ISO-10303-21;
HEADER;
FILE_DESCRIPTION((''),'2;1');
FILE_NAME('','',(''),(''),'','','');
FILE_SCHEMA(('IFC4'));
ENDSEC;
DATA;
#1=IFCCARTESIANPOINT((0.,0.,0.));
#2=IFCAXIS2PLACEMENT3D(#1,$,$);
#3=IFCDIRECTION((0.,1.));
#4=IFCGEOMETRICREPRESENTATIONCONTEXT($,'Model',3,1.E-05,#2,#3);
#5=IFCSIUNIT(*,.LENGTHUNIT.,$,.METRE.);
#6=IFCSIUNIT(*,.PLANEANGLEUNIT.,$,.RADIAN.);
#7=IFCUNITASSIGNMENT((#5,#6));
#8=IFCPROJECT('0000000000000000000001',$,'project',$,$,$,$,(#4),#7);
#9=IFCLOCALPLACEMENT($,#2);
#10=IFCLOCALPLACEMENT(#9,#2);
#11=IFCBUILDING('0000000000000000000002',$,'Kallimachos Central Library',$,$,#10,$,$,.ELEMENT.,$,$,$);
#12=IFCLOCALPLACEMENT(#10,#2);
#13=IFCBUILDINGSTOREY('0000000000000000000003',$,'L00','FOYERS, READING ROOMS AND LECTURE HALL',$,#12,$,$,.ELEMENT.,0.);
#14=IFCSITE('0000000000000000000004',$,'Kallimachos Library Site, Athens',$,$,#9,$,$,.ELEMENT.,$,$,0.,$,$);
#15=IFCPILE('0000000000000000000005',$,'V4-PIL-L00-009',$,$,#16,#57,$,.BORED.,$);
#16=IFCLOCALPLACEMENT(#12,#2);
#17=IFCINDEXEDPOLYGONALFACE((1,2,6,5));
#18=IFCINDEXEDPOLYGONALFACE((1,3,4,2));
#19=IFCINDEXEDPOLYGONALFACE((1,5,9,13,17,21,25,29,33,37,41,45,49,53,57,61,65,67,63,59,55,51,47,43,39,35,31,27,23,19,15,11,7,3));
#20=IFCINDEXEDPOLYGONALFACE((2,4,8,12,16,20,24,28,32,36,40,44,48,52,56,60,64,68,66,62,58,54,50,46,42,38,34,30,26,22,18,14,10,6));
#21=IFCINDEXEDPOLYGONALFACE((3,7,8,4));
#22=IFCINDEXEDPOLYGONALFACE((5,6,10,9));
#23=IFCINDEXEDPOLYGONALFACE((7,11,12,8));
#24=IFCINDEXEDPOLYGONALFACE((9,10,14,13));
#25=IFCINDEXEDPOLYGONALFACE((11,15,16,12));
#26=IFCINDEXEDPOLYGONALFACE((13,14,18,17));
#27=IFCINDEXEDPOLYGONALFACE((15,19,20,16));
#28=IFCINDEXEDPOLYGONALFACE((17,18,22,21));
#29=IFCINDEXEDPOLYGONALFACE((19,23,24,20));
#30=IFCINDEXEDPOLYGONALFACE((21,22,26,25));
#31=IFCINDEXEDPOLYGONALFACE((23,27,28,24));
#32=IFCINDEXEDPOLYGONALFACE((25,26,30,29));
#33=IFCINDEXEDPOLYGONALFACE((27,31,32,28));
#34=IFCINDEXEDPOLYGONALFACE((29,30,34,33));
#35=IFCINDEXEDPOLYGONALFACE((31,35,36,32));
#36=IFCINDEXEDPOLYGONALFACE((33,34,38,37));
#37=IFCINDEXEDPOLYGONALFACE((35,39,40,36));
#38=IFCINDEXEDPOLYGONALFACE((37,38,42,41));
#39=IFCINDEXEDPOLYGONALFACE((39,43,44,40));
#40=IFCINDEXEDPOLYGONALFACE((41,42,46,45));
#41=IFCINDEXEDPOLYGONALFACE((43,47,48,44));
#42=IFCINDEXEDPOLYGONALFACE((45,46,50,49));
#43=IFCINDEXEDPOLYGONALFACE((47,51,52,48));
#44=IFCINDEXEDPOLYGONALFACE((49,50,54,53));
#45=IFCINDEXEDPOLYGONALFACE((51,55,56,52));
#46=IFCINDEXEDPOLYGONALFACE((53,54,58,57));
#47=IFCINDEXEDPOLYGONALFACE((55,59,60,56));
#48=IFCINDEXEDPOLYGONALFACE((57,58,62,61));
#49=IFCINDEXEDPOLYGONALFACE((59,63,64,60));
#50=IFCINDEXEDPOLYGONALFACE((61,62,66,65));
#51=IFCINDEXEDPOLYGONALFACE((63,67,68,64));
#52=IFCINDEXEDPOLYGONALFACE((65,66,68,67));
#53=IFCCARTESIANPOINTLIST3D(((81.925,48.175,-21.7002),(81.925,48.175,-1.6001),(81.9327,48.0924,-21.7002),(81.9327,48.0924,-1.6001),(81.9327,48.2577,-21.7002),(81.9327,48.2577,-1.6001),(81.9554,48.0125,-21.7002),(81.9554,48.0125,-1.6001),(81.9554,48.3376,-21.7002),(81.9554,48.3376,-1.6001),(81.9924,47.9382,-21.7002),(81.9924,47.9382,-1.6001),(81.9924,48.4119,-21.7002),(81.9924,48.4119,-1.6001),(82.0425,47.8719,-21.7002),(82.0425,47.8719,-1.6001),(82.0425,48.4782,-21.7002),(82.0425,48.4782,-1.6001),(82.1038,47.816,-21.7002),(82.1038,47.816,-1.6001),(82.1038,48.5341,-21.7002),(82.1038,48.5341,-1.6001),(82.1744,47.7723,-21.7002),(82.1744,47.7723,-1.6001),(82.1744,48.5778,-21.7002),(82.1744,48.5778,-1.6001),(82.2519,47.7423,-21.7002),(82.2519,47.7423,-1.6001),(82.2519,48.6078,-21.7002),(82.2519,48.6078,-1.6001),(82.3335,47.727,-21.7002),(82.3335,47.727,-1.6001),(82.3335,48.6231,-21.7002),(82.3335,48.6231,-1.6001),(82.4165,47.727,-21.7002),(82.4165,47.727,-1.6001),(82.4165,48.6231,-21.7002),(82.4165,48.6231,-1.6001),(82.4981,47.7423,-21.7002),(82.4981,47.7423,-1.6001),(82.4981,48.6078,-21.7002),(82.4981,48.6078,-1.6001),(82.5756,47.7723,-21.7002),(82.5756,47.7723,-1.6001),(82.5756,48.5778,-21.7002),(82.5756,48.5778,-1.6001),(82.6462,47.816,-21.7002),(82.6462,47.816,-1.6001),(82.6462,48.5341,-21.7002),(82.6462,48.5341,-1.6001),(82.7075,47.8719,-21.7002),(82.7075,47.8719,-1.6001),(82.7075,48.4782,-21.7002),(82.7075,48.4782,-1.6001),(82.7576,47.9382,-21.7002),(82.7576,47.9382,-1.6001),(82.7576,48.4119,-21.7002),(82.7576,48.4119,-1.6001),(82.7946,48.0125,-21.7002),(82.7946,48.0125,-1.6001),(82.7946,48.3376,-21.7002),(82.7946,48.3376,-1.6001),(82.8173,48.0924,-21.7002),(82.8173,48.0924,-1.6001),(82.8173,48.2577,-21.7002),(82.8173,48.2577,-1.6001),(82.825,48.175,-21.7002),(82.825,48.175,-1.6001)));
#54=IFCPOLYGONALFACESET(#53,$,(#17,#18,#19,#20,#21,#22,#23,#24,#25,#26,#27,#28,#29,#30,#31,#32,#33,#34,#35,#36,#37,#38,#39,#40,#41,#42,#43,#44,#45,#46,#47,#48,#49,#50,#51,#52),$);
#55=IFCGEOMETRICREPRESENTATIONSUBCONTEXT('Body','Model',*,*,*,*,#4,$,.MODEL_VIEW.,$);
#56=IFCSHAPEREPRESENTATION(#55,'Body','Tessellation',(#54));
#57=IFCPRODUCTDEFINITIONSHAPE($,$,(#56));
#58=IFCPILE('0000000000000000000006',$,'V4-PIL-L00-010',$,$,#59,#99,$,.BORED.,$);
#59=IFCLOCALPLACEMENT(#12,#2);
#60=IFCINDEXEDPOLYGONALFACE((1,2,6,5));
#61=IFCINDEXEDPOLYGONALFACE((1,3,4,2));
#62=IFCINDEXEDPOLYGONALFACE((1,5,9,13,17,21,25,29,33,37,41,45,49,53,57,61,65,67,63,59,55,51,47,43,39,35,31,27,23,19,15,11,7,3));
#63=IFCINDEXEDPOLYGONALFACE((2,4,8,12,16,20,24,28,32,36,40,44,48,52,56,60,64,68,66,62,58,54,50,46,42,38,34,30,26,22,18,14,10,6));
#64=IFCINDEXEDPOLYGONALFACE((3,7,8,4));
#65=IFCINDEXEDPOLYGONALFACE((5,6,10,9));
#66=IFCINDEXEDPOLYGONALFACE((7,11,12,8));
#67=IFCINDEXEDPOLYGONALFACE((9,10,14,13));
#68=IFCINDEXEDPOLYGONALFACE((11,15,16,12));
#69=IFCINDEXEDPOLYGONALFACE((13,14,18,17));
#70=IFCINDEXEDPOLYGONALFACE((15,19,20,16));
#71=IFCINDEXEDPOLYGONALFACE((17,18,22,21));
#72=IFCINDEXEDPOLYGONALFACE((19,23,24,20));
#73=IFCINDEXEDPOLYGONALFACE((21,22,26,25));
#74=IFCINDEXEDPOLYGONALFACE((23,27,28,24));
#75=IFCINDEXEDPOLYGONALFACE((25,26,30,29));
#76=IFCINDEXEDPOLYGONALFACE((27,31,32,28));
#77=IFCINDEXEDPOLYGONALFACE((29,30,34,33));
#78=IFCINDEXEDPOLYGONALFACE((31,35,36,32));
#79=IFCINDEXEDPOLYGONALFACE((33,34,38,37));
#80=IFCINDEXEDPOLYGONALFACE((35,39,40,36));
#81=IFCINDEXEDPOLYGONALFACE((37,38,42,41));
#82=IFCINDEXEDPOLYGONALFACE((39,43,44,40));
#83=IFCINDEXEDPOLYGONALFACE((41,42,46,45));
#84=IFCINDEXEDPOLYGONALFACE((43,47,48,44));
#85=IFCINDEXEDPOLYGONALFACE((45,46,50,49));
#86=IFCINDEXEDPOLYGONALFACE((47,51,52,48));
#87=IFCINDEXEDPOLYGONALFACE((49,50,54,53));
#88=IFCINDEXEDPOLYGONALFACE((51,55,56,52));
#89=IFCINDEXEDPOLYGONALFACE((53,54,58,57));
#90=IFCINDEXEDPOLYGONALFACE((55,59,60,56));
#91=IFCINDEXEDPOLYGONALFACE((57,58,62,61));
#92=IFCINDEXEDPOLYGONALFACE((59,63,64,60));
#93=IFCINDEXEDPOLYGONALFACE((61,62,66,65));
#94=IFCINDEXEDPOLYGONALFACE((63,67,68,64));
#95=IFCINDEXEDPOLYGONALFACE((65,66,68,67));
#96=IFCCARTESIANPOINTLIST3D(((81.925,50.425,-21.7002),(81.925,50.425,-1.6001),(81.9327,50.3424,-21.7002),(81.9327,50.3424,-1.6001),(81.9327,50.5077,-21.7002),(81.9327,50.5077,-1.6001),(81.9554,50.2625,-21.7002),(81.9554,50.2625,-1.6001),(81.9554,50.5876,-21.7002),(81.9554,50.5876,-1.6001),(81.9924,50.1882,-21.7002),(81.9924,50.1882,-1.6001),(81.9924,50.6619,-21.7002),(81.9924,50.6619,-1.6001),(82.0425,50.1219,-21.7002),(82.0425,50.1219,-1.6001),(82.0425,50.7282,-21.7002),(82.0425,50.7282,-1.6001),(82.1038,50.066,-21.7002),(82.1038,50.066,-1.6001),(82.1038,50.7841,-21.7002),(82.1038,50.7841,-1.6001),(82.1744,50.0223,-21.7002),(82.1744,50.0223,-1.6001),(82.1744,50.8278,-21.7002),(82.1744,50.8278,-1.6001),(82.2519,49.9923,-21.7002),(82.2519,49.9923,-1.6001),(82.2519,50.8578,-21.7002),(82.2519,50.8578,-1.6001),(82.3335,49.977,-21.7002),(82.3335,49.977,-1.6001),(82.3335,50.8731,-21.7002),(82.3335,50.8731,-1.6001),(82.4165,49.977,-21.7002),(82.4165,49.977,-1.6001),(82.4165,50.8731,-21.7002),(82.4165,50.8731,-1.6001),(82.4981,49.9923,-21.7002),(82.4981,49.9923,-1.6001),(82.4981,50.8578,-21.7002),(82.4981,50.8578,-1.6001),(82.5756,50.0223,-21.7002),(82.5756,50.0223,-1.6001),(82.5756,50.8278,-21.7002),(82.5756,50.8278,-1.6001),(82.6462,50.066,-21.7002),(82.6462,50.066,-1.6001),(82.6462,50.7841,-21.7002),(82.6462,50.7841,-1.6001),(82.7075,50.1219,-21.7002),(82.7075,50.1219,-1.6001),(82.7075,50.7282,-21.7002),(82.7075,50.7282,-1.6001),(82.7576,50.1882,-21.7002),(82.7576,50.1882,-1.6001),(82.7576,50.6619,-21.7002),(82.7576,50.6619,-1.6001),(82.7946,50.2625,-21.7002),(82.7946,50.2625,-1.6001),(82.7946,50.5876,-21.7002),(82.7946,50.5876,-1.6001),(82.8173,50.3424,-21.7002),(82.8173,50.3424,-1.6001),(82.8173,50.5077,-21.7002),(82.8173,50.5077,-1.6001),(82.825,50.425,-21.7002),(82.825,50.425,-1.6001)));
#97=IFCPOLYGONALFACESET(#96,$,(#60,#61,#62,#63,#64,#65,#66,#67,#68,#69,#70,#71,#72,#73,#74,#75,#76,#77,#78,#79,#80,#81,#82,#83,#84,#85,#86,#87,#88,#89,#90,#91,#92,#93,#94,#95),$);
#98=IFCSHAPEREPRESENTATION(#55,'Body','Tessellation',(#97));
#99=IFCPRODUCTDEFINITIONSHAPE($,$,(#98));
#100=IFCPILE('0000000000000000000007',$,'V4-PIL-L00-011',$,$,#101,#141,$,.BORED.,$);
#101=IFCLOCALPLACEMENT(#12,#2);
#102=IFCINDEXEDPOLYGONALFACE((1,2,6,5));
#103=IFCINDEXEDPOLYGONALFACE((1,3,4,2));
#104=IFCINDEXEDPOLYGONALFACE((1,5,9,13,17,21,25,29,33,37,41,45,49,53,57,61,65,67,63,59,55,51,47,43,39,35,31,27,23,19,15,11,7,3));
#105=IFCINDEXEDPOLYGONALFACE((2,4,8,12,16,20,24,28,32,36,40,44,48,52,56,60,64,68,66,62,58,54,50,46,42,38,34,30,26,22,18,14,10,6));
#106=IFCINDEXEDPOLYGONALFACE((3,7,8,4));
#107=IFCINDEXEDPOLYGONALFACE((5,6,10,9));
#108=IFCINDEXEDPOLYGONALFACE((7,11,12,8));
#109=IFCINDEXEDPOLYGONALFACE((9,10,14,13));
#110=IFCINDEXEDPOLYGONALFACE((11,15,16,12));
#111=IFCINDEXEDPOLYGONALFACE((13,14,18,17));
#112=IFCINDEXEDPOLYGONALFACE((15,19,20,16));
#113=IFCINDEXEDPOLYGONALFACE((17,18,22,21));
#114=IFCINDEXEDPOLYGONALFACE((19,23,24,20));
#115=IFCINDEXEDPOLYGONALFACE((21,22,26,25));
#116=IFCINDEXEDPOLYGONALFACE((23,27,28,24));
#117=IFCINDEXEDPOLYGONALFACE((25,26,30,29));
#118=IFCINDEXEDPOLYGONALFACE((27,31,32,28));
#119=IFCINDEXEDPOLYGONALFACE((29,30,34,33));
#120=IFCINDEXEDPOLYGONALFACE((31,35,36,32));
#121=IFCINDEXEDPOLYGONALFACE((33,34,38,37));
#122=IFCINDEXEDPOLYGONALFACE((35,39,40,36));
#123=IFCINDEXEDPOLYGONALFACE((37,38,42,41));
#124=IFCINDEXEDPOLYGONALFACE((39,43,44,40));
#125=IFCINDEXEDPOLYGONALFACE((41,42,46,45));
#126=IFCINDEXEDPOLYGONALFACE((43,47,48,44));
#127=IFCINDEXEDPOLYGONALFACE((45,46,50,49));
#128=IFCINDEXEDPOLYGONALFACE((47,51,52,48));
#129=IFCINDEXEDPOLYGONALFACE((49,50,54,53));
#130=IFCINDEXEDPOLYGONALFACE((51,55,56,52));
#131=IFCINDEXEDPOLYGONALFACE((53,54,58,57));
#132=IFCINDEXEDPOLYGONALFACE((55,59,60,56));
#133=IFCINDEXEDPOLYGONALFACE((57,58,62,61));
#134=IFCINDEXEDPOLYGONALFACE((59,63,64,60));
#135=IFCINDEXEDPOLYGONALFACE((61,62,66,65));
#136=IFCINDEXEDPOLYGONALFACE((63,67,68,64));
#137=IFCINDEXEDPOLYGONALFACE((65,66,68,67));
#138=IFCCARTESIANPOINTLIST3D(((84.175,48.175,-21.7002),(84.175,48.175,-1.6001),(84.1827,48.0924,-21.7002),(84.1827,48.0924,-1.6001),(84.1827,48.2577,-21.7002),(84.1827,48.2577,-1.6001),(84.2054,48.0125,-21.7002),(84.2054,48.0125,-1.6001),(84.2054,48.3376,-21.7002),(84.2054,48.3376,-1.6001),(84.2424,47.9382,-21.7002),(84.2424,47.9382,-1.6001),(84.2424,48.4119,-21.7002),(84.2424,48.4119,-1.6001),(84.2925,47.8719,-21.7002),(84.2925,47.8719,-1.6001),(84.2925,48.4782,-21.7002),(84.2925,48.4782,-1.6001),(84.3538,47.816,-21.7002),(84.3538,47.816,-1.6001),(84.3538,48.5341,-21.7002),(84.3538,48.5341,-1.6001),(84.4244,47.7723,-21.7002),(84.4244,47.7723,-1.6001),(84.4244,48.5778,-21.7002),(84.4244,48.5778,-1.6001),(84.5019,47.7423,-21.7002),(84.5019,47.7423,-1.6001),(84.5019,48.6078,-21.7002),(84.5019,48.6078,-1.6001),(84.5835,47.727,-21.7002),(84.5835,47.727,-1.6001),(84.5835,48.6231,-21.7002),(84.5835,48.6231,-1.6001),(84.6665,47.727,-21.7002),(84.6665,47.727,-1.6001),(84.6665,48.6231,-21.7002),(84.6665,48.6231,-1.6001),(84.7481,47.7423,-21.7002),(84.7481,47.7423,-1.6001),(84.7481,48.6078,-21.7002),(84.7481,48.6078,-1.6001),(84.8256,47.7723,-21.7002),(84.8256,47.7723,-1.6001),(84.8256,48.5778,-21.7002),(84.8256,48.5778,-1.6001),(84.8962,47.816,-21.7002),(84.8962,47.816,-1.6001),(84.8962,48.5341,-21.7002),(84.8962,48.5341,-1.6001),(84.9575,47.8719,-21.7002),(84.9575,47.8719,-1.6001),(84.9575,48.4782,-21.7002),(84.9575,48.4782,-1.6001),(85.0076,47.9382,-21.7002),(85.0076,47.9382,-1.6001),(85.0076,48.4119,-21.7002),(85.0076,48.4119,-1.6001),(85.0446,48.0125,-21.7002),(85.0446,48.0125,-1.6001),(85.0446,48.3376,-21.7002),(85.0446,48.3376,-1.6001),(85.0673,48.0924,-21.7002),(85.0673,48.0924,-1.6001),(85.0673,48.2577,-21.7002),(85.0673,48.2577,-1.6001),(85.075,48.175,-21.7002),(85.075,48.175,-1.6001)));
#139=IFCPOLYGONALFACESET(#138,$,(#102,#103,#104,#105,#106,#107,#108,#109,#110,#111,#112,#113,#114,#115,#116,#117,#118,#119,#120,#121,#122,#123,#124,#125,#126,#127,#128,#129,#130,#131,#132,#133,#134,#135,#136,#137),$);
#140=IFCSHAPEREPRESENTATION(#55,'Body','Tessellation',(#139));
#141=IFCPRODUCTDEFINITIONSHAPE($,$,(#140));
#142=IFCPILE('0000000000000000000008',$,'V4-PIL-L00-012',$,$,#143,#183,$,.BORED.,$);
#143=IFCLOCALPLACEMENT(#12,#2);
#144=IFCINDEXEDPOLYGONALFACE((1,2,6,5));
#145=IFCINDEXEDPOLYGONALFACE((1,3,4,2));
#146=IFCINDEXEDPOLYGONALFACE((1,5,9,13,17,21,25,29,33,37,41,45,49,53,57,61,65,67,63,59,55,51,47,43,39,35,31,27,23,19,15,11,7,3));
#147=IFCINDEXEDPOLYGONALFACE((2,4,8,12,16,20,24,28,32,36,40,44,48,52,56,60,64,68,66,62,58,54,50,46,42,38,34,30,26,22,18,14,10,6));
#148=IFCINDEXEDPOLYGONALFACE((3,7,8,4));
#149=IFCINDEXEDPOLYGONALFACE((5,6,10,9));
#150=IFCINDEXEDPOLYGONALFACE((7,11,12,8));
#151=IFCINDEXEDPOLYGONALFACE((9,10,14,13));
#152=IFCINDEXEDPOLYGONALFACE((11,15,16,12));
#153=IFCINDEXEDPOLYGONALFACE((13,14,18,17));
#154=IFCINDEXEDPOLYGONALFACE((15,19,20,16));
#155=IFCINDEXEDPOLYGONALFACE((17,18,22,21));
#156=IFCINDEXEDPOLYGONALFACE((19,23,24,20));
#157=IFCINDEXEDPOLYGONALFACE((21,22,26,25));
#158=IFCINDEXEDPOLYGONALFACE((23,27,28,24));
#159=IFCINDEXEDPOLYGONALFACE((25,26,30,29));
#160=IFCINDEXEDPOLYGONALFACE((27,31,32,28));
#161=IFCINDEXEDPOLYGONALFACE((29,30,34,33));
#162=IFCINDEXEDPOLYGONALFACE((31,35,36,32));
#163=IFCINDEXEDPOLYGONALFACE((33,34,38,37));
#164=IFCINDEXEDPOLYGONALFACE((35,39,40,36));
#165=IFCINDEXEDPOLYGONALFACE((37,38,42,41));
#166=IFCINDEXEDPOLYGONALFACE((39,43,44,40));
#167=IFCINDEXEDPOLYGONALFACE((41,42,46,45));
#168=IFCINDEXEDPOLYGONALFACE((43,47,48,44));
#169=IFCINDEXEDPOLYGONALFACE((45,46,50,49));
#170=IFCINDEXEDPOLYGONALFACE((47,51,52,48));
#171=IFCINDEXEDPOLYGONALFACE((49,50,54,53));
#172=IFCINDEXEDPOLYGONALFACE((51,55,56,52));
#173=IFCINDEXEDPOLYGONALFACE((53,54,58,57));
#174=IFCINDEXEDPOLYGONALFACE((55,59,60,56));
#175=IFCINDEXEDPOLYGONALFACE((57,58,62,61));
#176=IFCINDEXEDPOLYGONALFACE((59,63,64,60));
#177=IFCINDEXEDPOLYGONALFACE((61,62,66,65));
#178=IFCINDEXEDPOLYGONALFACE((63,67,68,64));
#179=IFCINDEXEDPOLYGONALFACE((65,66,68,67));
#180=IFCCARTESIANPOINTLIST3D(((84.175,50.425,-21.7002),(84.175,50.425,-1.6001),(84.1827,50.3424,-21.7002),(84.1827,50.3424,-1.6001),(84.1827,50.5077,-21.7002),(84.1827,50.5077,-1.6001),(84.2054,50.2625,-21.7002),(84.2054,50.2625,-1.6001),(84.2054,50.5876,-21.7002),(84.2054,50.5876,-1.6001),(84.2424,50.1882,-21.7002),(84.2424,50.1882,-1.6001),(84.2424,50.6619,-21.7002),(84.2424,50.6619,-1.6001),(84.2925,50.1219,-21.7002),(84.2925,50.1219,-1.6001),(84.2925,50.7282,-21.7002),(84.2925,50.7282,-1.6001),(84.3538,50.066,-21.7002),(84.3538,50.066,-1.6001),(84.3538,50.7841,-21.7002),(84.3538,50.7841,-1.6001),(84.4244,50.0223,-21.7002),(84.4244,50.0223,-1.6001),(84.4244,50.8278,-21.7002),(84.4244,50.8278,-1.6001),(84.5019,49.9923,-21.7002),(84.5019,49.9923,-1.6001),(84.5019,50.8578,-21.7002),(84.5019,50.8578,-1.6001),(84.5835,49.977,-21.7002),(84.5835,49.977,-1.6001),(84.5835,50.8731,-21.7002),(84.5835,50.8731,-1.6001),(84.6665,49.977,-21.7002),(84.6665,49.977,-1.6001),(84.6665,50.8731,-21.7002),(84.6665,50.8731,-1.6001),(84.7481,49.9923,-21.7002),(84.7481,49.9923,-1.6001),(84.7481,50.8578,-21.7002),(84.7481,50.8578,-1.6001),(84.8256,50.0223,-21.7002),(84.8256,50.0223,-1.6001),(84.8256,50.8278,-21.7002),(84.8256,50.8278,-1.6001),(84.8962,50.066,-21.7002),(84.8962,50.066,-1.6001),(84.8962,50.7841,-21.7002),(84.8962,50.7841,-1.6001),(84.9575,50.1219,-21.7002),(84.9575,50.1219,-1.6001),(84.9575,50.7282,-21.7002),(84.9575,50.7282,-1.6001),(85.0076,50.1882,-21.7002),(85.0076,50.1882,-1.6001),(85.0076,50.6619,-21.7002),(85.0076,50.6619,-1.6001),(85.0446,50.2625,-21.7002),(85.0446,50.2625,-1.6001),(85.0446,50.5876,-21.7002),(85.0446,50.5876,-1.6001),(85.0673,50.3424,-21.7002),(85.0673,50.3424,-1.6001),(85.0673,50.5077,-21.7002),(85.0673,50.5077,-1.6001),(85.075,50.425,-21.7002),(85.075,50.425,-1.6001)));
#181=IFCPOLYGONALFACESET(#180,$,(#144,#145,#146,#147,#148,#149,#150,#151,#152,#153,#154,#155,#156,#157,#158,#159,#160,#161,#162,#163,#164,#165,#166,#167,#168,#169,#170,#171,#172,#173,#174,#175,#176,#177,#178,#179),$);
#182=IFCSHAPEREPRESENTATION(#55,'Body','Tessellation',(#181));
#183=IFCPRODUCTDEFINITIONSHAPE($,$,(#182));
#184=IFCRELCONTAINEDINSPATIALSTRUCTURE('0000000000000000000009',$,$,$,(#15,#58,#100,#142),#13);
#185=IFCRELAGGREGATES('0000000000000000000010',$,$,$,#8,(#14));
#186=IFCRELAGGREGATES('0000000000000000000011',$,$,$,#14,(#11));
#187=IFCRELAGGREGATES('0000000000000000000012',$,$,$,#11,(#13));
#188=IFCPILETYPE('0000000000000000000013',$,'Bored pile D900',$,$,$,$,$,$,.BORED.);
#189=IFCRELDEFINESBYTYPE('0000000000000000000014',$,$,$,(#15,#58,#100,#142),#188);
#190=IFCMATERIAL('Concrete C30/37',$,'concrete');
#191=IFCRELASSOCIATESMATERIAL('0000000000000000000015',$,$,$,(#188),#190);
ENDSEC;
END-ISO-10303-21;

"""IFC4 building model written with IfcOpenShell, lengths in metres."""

from ifc_helpers import new_model, si_unit, direction, frame, origin, origin_2d, place, context, subcontext, project, spatial, circle, extrude, material, type_object, element, save


model = new_model("IFC4")

# Units and contexts
model_context = context("Model", 3, precision=1e-05, world=origin(), true_north=direction((0.0, 1.0)))
body_context = subcontext(model_context, "Body", "Model", "MODEL_VIEW")
ifc_project = project(units=[si_unit("LENGTHUNIT", "METRE"), si_unit("PLANEANGLEUNIT", "RADIAN")], contexts=[model_context])

# Site, building, storey
site_placement = place(None, origin())
site = spatial("IfcSite", under=ifc_project, at=site_placement, Name="Kallimachos Library Site, Athens", CompositionType="ELEMENT", RefElevation=0.0)
building_placement = place(site_placement, origin())
building = spatial("IfcBuilding", under=site, at=building_placement, Name="Kallimachos Central Library", CompositionType="ELEMENT")
storey_placement = place(building_placement, origin())
storey = spatial("IfcBuildingStorey", under=building, at=storey_placement, Name="L00", Description="FOYERS, READING ROOMS AND LECTURE HALL", CompositionType="ELEMENT", Elevation=0.0)

# Piles
ifc_material_1 = material(Name="Concrete C30/37", Category="concrete")
pile_type = type_object("IfcPileType", Name="Bored pile D900", PredefinedType="BORED", material=ifc_material_1)
for number, where, z_axis, x_axis, name in (
    (1, (82.375, 48.175, -1.6001), (0.0, 0.0, -1.0), (1.0, 0.0, 0.0), "V4-PIL-L00-009"),
    (2, (82.375, 50.425, -1.6001), (0.0, 0.0, -1.0), (1.0, 0.0, 0.0), "V4-PIL-L00-010"),
    (3, (84.625, 48.175, -1.6001), (0.0, 0.0, -1.0), (1.0, 0.0, 0.0), "V4-PIL-L00-011"),
    (4, (84.625, 50.425, -1.6001), (0.0, 0.0, -1.0), (1.0, 0.0, 0.0), "V4-PIL-L00-012"),
):
    element("IfcPile", number, at=place(storey_placement, frame(where, z_axis=z_axis, x_axis=x_axis)), inside=storey, type_object=pile_type, Name=name, PredefinedType="BORED", context=body_context, shape_type="SweptSolid", body=[
        extrude(circle(Radius=0.45, at=origin_2d()), origin(), (0.0, 0.0, 1.0), 20.1001),
    ])

save(model, "model.ifc")
